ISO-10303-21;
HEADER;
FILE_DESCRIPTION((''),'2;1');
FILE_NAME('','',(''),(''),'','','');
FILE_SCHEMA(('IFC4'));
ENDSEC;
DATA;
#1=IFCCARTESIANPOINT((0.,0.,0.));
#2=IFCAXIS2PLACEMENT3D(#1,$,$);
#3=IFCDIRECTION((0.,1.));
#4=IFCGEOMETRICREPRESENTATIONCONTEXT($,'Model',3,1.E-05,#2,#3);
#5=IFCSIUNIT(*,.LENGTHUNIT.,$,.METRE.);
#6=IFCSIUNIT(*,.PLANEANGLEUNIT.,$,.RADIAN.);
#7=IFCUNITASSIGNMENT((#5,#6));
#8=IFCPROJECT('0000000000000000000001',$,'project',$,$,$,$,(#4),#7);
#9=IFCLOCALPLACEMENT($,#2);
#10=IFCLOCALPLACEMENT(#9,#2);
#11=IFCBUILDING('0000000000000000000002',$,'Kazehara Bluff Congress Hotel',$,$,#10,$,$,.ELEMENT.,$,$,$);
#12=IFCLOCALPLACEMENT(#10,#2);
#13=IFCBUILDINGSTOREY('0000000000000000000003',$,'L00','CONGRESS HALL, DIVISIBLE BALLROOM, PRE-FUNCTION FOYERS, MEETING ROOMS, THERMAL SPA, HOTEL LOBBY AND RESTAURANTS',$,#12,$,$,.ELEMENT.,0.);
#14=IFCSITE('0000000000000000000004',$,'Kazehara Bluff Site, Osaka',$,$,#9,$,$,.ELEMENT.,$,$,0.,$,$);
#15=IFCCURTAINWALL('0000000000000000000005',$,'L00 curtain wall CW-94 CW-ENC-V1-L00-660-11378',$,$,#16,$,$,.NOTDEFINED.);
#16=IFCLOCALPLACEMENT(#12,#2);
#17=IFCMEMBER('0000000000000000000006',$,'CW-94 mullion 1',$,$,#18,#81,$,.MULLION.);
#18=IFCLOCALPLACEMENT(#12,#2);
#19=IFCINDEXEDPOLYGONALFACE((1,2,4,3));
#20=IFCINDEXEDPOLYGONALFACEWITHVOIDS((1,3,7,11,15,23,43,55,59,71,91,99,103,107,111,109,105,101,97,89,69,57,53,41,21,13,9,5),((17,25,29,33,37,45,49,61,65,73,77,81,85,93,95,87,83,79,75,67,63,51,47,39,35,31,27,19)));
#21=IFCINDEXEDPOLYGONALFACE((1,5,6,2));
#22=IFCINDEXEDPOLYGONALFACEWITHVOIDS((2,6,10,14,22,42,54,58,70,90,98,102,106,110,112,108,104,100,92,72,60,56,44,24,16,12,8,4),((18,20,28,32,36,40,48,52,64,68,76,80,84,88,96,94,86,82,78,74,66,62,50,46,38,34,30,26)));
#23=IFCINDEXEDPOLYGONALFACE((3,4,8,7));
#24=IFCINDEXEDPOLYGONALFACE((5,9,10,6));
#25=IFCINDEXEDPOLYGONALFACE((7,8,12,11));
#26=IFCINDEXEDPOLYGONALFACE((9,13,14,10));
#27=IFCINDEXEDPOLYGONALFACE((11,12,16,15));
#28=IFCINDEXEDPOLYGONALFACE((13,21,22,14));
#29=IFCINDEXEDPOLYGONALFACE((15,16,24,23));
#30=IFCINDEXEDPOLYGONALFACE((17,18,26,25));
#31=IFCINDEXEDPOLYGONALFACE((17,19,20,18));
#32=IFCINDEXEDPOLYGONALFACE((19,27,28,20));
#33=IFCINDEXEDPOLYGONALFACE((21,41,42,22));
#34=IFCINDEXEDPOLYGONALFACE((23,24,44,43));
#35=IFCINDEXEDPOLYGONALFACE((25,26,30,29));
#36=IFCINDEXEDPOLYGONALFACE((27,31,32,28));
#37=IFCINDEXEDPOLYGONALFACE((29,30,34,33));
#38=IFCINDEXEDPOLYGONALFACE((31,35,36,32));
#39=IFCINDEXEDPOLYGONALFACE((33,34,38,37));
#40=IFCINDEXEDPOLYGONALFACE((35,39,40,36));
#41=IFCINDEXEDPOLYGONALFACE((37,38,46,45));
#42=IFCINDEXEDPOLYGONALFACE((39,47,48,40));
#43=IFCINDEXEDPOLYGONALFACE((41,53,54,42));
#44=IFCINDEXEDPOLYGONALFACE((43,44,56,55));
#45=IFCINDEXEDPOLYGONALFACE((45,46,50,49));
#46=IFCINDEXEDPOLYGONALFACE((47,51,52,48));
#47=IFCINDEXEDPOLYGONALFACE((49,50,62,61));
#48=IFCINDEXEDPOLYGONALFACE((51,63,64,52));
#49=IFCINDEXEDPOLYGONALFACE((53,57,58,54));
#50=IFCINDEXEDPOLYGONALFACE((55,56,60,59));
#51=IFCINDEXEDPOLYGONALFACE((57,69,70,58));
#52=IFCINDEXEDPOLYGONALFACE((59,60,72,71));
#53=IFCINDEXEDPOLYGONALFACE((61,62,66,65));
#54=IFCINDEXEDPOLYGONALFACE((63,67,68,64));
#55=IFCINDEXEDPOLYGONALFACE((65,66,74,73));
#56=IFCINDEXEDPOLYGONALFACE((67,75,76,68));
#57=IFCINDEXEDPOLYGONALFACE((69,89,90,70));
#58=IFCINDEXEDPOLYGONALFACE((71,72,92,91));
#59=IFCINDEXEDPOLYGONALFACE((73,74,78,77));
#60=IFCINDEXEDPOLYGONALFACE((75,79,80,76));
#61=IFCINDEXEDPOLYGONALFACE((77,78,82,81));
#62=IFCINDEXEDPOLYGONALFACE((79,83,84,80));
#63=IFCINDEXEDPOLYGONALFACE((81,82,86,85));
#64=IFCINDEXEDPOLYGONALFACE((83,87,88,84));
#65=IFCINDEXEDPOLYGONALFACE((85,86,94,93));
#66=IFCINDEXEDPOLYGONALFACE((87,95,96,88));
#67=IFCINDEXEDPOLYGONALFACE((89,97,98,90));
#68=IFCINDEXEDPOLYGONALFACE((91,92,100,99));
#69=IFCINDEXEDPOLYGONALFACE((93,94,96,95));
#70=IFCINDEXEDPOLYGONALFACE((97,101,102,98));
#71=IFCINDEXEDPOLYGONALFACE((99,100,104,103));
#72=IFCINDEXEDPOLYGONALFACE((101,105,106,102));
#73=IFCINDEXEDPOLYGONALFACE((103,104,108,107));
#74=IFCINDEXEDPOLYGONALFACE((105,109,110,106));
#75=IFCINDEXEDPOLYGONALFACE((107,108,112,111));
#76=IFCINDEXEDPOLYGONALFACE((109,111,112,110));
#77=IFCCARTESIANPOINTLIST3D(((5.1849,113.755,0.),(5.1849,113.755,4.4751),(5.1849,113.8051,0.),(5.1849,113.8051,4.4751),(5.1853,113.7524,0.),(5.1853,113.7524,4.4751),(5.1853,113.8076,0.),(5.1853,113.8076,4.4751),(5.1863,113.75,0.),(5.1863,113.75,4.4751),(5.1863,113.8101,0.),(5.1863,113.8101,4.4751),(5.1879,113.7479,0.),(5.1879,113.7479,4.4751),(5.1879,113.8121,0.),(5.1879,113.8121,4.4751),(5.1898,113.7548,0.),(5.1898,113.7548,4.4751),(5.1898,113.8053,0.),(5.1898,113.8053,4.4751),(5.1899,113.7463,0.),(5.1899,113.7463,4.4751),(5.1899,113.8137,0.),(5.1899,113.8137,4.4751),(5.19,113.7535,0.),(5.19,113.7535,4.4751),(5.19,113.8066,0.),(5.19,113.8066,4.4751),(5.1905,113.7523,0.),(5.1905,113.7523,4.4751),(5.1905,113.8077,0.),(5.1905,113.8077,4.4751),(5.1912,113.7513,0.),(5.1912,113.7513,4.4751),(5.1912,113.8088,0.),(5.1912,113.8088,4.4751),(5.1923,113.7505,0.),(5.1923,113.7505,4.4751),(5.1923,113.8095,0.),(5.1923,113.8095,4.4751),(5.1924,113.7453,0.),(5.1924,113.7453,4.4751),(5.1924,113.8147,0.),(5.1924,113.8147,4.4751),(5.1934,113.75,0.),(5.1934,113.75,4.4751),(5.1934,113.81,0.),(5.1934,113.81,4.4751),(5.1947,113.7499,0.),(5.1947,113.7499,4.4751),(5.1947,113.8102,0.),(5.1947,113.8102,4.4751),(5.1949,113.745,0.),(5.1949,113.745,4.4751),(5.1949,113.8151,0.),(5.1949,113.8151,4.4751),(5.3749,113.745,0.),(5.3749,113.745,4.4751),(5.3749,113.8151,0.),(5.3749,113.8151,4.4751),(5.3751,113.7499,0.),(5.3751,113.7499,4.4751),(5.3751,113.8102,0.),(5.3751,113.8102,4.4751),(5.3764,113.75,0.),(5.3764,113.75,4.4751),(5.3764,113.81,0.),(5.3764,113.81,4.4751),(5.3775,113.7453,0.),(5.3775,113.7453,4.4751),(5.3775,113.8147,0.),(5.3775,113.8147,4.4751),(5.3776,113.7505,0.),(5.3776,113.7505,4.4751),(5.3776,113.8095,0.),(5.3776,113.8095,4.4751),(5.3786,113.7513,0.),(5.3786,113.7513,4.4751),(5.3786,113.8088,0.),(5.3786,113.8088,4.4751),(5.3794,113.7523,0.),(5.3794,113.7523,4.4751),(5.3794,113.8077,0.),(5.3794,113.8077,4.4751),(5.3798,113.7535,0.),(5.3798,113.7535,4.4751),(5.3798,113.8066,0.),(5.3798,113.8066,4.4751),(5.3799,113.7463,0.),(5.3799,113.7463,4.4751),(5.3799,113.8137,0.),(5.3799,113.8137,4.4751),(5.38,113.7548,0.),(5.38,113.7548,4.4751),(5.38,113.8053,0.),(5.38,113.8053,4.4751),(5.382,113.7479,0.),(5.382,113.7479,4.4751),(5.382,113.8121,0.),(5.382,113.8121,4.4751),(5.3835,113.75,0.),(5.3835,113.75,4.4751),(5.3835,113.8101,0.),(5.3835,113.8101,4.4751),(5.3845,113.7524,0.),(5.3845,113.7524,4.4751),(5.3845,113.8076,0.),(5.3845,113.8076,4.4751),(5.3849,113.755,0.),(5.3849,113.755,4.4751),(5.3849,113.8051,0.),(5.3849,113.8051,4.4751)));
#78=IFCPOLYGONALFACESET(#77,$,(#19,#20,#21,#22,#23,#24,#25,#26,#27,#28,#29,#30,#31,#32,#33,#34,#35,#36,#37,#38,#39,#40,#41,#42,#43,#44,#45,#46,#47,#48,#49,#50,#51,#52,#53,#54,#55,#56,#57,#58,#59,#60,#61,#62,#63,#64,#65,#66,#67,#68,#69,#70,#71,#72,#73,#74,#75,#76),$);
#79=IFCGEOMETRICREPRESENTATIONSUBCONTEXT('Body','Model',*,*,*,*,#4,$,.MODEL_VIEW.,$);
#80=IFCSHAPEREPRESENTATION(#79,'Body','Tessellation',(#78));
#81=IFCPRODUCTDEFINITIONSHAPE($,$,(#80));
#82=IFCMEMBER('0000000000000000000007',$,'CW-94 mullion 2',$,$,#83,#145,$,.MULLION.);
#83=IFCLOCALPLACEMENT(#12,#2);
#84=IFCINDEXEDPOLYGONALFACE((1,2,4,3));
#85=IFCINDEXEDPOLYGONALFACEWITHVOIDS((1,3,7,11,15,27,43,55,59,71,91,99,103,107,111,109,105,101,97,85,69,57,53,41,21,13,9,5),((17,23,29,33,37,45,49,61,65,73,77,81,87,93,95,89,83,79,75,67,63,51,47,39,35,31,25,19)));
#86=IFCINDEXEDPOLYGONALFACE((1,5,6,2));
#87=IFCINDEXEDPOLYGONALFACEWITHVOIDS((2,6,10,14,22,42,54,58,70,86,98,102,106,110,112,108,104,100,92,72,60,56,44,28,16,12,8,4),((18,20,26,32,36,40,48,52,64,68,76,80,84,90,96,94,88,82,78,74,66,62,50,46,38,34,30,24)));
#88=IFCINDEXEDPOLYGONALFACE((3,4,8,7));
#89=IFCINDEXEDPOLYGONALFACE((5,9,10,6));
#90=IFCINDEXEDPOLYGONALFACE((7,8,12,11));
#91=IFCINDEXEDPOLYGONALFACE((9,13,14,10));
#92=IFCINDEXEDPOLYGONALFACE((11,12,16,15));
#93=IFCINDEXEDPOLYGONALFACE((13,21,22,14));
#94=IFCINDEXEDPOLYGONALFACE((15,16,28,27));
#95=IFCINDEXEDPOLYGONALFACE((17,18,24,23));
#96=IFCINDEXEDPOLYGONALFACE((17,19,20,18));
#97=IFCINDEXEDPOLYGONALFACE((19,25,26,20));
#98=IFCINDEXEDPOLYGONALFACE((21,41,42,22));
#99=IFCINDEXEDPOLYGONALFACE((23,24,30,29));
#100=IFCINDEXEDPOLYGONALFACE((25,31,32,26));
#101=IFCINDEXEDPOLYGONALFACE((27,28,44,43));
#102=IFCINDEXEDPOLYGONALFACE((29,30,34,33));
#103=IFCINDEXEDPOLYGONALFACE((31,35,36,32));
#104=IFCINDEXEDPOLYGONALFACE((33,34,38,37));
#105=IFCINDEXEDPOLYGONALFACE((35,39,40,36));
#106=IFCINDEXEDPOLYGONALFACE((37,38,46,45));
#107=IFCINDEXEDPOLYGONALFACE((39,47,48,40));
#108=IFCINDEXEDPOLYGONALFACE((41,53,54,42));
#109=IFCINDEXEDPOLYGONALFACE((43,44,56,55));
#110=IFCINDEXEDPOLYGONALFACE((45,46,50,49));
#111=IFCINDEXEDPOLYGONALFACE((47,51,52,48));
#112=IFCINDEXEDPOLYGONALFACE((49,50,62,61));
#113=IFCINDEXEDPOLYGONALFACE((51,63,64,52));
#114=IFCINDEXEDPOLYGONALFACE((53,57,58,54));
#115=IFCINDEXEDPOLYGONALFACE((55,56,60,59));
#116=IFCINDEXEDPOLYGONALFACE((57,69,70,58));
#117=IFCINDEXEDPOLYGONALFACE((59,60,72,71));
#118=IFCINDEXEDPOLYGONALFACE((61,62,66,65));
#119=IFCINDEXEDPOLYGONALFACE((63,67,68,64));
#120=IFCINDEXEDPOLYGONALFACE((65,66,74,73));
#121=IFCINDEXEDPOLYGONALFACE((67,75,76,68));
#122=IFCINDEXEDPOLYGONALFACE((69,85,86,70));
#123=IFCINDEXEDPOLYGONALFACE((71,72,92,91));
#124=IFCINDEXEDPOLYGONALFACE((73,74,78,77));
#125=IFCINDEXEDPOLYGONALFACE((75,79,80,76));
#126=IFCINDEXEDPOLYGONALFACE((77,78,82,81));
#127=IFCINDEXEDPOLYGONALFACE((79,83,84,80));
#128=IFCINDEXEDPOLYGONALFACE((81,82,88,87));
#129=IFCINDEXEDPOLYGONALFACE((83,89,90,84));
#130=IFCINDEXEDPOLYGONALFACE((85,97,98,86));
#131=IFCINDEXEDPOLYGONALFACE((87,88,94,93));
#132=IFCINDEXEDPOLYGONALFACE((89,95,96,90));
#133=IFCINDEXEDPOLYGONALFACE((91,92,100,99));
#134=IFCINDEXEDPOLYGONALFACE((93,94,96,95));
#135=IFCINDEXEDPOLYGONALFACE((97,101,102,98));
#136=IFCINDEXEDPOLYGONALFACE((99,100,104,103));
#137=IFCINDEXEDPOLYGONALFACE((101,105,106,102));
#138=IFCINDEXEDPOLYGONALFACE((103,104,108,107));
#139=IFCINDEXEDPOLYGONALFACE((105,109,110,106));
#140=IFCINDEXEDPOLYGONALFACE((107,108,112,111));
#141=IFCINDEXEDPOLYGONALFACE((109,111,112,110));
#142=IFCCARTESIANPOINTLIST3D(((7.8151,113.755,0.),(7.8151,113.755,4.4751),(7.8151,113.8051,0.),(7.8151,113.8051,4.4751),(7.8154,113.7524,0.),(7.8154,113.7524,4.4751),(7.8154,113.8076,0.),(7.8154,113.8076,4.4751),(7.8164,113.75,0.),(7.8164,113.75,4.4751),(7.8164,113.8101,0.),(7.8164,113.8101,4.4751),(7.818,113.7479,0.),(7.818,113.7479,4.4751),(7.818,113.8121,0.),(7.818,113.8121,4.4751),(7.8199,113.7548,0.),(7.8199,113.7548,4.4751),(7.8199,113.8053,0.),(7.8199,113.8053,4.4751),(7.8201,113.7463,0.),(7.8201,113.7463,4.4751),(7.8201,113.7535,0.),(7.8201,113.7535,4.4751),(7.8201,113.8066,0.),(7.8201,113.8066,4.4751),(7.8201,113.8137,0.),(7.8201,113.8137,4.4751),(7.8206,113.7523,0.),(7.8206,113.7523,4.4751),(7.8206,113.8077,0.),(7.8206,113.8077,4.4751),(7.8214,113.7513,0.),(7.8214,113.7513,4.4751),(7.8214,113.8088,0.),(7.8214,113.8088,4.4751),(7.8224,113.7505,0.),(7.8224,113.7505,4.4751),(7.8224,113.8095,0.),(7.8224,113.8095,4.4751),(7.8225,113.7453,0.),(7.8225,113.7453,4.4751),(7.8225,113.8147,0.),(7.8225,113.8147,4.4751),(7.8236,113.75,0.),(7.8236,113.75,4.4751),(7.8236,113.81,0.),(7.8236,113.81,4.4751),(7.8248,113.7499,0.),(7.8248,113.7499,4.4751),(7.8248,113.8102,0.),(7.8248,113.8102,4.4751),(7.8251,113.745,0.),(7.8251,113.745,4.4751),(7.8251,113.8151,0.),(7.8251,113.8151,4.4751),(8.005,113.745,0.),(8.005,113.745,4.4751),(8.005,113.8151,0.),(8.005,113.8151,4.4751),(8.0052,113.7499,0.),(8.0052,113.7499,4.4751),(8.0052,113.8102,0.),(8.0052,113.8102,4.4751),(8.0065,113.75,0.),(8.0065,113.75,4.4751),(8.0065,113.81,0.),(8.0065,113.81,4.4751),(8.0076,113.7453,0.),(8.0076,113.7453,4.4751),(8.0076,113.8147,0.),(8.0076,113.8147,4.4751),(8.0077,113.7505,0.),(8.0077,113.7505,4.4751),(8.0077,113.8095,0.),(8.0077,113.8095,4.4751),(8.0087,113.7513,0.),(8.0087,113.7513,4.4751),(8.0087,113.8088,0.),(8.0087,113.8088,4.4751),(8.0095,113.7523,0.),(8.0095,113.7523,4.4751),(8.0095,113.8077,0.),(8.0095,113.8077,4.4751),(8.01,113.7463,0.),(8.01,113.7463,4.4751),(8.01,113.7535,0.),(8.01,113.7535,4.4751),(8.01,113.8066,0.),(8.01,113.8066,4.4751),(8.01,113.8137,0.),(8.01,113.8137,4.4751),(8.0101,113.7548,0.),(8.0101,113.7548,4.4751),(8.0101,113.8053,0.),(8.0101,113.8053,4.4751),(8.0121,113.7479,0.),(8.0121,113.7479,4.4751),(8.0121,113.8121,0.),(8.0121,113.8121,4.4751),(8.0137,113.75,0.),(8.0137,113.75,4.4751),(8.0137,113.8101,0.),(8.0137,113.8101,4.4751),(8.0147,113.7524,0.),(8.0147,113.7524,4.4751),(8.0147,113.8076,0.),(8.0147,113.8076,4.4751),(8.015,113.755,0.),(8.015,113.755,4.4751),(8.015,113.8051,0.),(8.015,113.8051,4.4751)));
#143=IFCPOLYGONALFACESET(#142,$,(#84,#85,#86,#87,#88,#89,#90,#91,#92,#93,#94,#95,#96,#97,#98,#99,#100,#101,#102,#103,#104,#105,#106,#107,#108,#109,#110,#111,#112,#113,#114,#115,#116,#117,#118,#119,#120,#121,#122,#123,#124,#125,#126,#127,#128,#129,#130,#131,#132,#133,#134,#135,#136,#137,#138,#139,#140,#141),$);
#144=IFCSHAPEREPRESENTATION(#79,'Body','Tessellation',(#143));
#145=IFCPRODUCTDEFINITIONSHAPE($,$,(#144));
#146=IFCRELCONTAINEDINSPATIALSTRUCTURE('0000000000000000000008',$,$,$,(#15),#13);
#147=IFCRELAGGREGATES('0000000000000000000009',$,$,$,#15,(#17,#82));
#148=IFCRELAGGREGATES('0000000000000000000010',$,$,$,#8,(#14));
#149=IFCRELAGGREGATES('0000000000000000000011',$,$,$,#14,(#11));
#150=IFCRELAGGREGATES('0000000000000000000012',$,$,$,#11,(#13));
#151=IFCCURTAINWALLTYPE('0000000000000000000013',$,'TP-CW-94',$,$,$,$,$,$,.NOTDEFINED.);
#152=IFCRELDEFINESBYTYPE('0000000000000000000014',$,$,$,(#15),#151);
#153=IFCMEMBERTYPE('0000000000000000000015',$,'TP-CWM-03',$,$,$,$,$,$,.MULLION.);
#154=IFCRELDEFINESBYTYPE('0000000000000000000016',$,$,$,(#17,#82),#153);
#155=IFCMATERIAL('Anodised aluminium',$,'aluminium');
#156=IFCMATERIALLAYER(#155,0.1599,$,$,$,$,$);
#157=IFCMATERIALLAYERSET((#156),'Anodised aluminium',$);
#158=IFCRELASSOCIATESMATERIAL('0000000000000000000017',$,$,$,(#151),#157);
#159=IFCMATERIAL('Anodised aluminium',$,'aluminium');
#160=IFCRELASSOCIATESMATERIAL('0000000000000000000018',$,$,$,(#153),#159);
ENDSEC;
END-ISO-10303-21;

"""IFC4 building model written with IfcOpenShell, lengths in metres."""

from ifc_helpers import new_model, si_unit, direction, frame, origin, origin_2d, place, context, subcontext, project, spatial, hollow_rectangle, extrude, material, layer, layer_set, material_profile, profile_set, type_object, element, aggregate, save


model = new_model("IFC4")

# Units and contexts
model_context = context("Model", 3, precision=1e-05, world=origin(), true_north=direction((0.0, 1.0)))
body_context = subcontext(model_context, "Body", "Model", "MODEL_VIEW")
ifc_project = project(units=[si_unit("LENGTHUNIT", "METRE"), si_unit("PLANEANGLEUNIT", "RADIAN")], contexts=[model_context])

# Site, building, storey
site_placement = place(None, origin())
site = spatial("IfcSite", under=ifc_project, at=site_placement, Name="Kazehara Bluff Site, Osaka", CompositionType="ELEMENT", RefElevation=0.0)
building_placement = place(site_placement, origin())
building = spatial("IfcBuilding", under=site, at=building_placement, Name="Kazehara Bluff Congress Hotel", CompositionType="ELEMENT")
storey_placement = place(building_placement, origin())
storey = spatial("IfcBuildingStorey", under=building, at=storey_placement, Name="L00", Description="CONGRESS HALL, DIVISIBLE BALLROOM, PRE-FUNCTION FOYERS, MEETING ROOMS, THERMAL SPA, HOTEL LOBBY AND RESTAURANTS", CompositionType="ELEMENT", Elevation=0.0)

# Curtain wall, members
ifc_material_1 = material(Name="Anodised aluminium", Category="aluminium")
ifc_layer_1 = layer(ifc_material_1, 0.1599)
ifc_layer_set_1 = layer_set([ifc_layer_1], Name="Anodised aluminium")
curtain_wall_type = type_object("IfcCurtainWallType", Name="TP-CW-94", PredefinedType="NOTDEFINED", material=ifc_layer_set_1)
curtain_wall_placement = place(storey_placement, origin())
curtain_wall = element("IfcCurtainWall", 1, at=curtain_wall_placement, inside=storey, type_object=curtain_wall_type, Name="L00 curtain wall CW-94 CW-ENC-V1-L00-660-11378", PredefinedType="NOTDEFINED")
ifc_material_2 = material(Name="Anodised aluminium", Category="aluminium")
ifc_material_profile_1 = material_profile(ifc_material_2, hollow_rectangle(XDim=0.0701, YDim=0.2, WallThickness=0.0049, InnerFilletRadius=0.0049, OuterFilletRadius=0.01, at=origin_2d()))
ifc_profile_set_1 = profile_set([ifc_material_profile_1], Name="Anodised aluminium")
member_type_1 = type_object("IfcMemberType", Name="TP-CWM-03", PredefinedType="MULLION", material=ifc_profile_set_1)
member_1_placement = place(storey_placement, frame((5.2849, 113.78, 0.0), z_axis=(0.0, 0.0, 1.0), x_axis=(0.0, 1.0, 0.0)))
member_1 = element("IfcMember", 2, at=member_1_placement, type_object=member_type_1, Name="CW-94 mullion 1", PredefinedType="MULLION", context=body_context, shape_type="SweptSolid", body=[
    extrude(hollow_rectangle(XDim=0.0701, YDim=0.2, WallThickness=0.0049, InnerFilletRadius=0.0049, OuterFilletRadius=0.01, at=origin_2d()), origin(), (0.0, 0.0, 1.0), 4.4751),
])
member_2_placement = place(storey_placement, frame((7.915, 113.78, 0.0), z_axis=(0.0, 0.0, 1.0), x_axis=(0.0, 1.0, 0.0)))
member_2 = element("IfcMember", 3, at=member_2_placement, type_object=member_type_1, Name="CW-94 mullion 2", PredefinedType="MULLION", context=body_context, shape_type="SweptSolid", body=[
    extrude(hollow_rectangle(XDim=0.0701, YDim=0.2, WallThickness=0.0049, InnerFilletRadius=0.0049, OuterFilletRadius=0.01, at=origin_2d()), origin(), (0.0, 0.0, 1.0), 4.4751),
])

aggregate(curtain_wall, [member_1, member_2])

save(model, "model.ifc")
